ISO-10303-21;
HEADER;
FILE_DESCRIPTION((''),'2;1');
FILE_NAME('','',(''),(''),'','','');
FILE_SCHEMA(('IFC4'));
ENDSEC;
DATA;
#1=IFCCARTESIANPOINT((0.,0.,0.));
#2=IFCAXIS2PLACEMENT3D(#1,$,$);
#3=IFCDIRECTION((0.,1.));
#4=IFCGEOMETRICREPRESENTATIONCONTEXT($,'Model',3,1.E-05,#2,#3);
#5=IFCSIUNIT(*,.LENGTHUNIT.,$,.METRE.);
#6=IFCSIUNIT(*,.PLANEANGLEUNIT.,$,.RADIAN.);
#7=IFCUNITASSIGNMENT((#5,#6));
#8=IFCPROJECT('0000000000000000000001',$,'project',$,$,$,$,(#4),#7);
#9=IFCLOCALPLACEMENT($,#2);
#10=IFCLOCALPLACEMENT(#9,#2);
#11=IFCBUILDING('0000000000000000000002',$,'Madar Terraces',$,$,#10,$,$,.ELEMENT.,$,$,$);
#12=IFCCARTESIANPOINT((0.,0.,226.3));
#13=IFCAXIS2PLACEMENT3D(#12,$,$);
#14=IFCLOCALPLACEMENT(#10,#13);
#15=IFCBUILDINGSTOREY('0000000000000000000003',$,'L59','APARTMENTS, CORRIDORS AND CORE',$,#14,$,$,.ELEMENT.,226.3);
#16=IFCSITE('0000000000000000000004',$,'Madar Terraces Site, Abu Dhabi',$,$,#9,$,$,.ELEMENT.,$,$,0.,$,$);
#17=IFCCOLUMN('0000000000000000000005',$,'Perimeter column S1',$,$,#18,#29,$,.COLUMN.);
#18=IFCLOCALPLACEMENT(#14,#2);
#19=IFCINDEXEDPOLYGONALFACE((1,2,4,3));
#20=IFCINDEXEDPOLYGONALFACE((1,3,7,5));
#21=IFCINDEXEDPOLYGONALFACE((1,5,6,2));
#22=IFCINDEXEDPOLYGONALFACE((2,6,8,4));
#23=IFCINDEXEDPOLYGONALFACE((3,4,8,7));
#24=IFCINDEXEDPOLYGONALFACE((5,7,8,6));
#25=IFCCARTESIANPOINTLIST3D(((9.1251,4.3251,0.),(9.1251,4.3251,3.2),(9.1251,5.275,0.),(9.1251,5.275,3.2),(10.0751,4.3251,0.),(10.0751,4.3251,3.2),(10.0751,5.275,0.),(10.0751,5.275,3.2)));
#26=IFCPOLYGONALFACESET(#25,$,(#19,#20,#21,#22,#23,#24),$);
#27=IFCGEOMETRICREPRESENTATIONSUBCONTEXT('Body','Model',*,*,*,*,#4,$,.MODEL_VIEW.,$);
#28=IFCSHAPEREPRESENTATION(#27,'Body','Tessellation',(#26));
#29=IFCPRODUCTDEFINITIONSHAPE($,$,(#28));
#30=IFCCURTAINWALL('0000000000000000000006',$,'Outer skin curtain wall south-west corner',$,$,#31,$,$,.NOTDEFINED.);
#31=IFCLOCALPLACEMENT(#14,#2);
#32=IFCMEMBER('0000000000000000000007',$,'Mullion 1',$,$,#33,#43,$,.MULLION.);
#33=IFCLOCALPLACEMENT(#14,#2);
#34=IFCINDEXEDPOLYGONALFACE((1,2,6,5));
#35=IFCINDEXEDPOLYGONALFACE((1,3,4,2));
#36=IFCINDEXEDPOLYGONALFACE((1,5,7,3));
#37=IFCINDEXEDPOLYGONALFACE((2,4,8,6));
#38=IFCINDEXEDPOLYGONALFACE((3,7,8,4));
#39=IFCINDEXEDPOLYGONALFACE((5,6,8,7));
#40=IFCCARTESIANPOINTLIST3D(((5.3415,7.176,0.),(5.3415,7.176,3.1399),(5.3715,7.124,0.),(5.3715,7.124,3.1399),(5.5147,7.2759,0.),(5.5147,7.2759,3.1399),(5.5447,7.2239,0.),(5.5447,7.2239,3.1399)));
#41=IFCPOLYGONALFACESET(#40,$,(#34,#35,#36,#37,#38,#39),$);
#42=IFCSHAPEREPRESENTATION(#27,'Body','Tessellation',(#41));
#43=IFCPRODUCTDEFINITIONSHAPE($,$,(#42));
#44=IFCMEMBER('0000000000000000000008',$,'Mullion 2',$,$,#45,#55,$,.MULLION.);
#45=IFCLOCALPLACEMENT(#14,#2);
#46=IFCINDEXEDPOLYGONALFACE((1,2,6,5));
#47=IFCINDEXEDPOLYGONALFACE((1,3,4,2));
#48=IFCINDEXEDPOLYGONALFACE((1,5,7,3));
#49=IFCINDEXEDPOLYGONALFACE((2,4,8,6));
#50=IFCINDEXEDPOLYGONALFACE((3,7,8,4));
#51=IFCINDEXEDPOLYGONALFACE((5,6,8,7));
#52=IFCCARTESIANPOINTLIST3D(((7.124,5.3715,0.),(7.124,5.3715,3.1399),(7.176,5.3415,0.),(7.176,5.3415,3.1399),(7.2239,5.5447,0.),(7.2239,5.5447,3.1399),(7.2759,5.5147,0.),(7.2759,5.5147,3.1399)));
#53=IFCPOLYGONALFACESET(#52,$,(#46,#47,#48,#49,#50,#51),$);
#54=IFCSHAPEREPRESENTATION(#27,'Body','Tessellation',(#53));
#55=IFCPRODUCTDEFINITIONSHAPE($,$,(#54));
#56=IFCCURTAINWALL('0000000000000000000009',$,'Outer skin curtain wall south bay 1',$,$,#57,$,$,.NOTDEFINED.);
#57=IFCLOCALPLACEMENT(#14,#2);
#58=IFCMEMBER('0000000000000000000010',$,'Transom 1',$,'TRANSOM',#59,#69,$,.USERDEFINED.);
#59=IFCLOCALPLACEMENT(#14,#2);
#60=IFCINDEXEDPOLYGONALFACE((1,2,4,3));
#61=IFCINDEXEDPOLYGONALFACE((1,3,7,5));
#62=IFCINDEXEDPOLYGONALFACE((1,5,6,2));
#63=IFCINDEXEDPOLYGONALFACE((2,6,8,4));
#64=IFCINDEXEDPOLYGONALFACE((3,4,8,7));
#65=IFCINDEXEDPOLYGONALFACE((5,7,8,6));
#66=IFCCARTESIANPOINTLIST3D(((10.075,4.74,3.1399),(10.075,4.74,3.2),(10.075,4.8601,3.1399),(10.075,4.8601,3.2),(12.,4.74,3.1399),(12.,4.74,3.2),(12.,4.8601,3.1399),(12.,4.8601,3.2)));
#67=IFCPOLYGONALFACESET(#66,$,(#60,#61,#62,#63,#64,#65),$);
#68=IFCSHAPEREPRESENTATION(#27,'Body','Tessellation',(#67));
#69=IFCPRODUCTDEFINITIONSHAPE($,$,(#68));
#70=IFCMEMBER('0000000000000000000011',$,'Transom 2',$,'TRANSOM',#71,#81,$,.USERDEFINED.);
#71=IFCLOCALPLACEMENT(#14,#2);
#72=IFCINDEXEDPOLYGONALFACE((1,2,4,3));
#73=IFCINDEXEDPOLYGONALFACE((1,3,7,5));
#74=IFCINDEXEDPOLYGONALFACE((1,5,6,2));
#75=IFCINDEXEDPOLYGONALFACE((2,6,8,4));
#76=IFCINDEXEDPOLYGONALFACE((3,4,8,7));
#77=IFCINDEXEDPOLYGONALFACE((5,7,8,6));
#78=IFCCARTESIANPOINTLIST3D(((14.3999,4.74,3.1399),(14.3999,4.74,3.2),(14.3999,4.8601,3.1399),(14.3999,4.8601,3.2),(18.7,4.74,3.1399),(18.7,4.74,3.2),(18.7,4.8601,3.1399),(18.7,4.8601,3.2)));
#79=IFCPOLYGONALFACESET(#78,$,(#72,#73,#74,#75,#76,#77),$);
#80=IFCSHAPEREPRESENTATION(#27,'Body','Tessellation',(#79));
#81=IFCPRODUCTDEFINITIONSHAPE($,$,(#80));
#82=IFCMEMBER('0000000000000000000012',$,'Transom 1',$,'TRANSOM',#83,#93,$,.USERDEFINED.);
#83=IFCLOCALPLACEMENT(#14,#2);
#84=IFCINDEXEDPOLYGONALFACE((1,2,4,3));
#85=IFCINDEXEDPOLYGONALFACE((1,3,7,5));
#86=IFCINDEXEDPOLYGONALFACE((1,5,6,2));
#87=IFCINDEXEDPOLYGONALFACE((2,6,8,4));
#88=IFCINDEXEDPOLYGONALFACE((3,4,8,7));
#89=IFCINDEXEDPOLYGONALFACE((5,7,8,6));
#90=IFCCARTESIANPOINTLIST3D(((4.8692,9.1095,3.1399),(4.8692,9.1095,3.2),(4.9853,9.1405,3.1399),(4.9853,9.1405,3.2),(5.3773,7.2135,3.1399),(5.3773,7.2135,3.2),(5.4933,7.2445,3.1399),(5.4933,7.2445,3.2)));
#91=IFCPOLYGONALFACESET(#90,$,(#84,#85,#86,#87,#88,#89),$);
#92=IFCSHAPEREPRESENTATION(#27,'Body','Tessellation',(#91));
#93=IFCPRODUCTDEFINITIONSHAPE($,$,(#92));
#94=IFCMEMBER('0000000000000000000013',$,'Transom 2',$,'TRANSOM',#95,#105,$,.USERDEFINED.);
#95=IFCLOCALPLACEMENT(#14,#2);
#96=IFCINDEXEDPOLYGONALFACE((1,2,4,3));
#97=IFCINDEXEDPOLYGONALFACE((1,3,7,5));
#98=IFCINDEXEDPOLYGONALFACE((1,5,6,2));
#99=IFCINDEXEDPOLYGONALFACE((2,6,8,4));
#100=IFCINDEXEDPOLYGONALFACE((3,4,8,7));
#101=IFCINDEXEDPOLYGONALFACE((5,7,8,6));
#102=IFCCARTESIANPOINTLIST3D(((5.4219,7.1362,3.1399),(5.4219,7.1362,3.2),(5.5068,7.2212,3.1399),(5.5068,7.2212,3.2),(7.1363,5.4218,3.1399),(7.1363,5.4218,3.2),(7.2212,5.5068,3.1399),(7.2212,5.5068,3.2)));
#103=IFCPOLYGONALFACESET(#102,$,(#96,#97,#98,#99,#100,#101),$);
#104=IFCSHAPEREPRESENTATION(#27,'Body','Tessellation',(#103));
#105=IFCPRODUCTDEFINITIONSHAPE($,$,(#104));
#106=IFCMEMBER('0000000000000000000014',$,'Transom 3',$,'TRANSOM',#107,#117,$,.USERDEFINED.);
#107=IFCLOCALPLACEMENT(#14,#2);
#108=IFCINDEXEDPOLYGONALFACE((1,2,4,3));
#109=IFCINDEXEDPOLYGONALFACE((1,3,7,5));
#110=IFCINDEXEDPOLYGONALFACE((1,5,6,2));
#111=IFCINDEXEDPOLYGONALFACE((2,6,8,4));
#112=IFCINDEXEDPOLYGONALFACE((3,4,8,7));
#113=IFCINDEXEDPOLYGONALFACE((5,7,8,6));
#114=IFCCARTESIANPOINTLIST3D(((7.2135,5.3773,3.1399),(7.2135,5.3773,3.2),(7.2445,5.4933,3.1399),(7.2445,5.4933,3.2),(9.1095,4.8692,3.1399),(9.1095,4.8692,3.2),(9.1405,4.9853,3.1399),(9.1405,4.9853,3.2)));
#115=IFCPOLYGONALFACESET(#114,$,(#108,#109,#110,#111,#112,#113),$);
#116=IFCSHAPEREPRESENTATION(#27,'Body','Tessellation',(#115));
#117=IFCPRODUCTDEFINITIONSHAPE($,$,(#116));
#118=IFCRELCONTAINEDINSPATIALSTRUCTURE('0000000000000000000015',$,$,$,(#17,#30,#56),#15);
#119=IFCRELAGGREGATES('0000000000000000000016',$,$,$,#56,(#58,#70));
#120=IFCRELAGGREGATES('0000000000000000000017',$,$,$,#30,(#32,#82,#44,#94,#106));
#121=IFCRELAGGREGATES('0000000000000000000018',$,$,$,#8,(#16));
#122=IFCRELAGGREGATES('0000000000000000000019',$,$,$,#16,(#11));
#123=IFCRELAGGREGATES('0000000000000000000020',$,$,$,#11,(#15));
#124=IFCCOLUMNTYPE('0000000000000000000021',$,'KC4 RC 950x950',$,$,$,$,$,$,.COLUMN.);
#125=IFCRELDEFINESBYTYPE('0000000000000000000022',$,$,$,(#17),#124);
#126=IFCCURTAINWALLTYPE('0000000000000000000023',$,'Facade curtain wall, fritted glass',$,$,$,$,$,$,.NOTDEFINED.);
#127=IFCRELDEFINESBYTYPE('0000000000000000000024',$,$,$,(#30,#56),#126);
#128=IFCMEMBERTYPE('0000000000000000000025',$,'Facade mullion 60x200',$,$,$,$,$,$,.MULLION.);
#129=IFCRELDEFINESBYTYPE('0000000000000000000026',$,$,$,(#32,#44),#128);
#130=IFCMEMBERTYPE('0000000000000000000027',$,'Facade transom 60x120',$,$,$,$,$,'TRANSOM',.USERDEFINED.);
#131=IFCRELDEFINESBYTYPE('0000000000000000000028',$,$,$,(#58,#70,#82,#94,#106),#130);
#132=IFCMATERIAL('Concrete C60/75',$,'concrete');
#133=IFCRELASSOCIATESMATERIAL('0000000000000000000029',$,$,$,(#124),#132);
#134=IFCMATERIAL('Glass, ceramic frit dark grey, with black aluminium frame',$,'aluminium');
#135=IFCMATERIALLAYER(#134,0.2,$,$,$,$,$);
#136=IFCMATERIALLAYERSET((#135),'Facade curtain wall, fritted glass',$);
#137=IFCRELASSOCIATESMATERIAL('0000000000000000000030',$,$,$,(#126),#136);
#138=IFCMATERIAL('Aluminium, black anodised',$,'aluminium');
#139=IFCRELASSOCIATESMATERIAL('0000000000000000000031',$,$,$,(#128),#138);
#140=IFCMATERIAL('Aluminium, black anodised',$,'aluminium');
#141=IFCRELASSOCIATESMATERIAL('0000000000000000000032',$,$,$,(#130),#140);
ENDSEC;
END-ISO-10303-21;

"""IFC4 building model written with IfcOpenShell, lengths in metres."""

from ifc_helpers import new_model, si_unit, direction, frame, origin, origin_2d, place, context, subcontext, project, spatial, rectangle, extrude, material, layer, layer_set, material_profile, profile_set, type_object, element, aggregate, save


model = new_model("IFC4")

# Units and contexts
model_context = context("Model", 3, precision=1e-05, world=origin(), true_north=direction((0.0, 1.0)))
body_context = subcontext(model_context, "Body", "Model", "MODEL_VIEW")
ifc_project = project(units=[si_unit("LENGTHUNIT", "METRE"), si_unit("PLANEANGLEUNIT", "RADIAN")], contexts=[model_context])

# Site, building, storey
site_placement = place(None, origin())
site = spatial("IfcSite", under=ifc_project, at=site_placement, Name="Madar Terraces Site, Abu Dhabi", CompositionType="ELEMENT", RefElevation=0.0)
building_placement = place(site_placement, origin())
building = spatial("IfcBuilding", under=site, at=building_placement, Name="Madar Terraces", CompositionType="ELEMENT")
storey_placement = place(building_placement, frame((0.0, 0.0, 226.3)))
storey = spatial("IfcBuildingStorey", under=building, at=storey_placement, Name="L59", Description="APARTMENTS, CORRIDORS AND CORE", CompositionType="ELEMENT", Elevation=226.3)

# Column
ifc_material_1 = material(Name="Concrete C60/75", Category="concrete")
ifc_material_profile_1 = material_profile(ifc_material_1, rectangle(XDim=0.95, YDim=0.95, at=origin_2d()), Name="KC4 RC 950x950")
ifc_profile_set_1 = profile_set([ifc_material_profile_1], Name="Concrete C60/75")
column_type = type_object("IfcColumnType", Name="KC4 RC 950x950", PredefinedType="COLUMN", material=ifc_profile_set_1)
column_placement = place(storey_placement, frame((9.6001, 4.8, 0.0), z_axis=(0.0, 0.0, 1.0), x_axis=(1.0, 0.0, 0.0)))
element("IfcColumn", 1, at=column_placement, inside=storey, type_object=column_type, Name="Perimeter column S1", PredefinedType="COLUMN", context=body_context, shape_type="SweptSolid", body=[
    extrude(rectangle(XDim=0.95, YDim=0.95, at=origin_2d()), origin(), (0.0, 0.0, 1.0), 3.2),
])

# Curtain walls, members
ifc_material_2 = material(Name="Glass, ceramic frit dark grey, with black aluminium frame", Category="aluminium")
ifc_layer_1 = layer(ifc_material_2, 0.2)
ifc_layer_set_1 = layer_set([ifc_layer_1], Name="Facade curtain wall, fritted glass")
curtain_wall_type = type_object("IfcCurtainWallType", Name="Facade curtain wall, fritted glass", PredefinedType="NOTDEFINED", material=ifc_layer_set_1)
curtain_wall_1_placement = place(storey_placement, origin())
curtain_wall_1 = element("IfcCurtainWall", 2, at=curtain_wall_1_placement, inside=storey, type_object=curtain_wall_type, Name="Outer skin curtain wall south-west corner", PredefinedType="NOTDEFINED")
ifc_material_3 = material(Name="Aluminium, black anodised", Category="aluminium")
ifc_material_profile_2 = material_profile(ifc_material_3, rectangle(XDim=0.2, YDim=0.0601, at=origin_2d()), Name="Facade mullion 60x200")
ifc_profile_set_2 = profile_set([ifc_material_profile_2], Name="Aluminium, black anodised")
member_type_1 = type_object("IfcMemberType", Name="Facade mullion 60x200", PredefinedType="MULLION", material=ifc_profile_set_2)
member_1_placement = place(storey_placement, frame((5.4431, 7.2, 0.0), z_axis=(0.0, 0.0, 1.0), x_axis=(0.866025, 0.5, 0.0)))
member_1 = element("IfcMember", 3, at=member_1_placement, type_object=member_type_1, Name="Mullion 1", PredefinedType="MULLION", context=body_context, shape_type="SweptSolid", body=[
    extrude(rectangle(XDim=0.2, YDim=0.0601, at=origin_2d()), origin(), (0.0, 0.0, 1.0), 3.1399),
])
member_2_placement = place(storey_placement, frame((7.2, 5.4431, 0.0), z_axis=(0.0, 0.0, 1.0), x_axis=(0.5, 0.866025, 0.0)))
member_2 = element("IfcMember", 4, at=member_2_placement, type_object=member_type_1, Name="Mullion 2", PredefinedType="MULLION", context=body_context, shape_type="SweptSolid", body=[
    extrude(rectangle(XDim=0.2, YDim=0.0601, at=origin_2d()), origin(), (0.0, 0.0, 1.0), 3.1399),
])
curtain_wall_2_placement = place(storey_placement, origin())
curtain_wall_2 = element("IfcCurtainWall", 5, at=curtain_wall_2_placement, inside=storey, type_object=curtain_wall_type, Name="Outer skin curtain wall south bay 1", PredefinedType="NOTDEFINED")
ifc_material_4 = material(Name="Aluminium, black anodised", Category="aluminium")
ifc_material_profile_3 = material_profile(ifc_material_4, rectangle(XDim=0.1201, YDim=0.0601, at=origin_2d()), Name="Facade transom 60x120")
ifc_profile_set_3 = profile_set([ifc_material_profile_3], Name="Aluminium, black anodised")
member_type_2 = type_object("IfcMemberType", Name="Facade transom 60x120", ElementType="TRANSOM", PredefinedType="USERDEFINED", material=ifc_profile_set_3)
member_3_placement = place(storey_placement, frame((10.075, 4.8, 3.1699), z_axis=(1.0, 0.0, 0.0), x_axis=(0.0, 1.0, 0.0)))
member_3 = element("IfcMember", 6, at=member_3_placement, type_object=member_type_2, Name="Transom 1", ObjectType="TRANSOM", PredefinedType="USERDEFINED", context=body_context, shape_type="SweptSolid", body=[
    extrude(rectangle(XDim=0.1201, YDim=0.0601, at=origin_2d()), origin(), (0.0, 0.0, 1.0), 1.925),
])
member_4_placement = place(storey_placement, frame((14.3999, 4.8, 3.1699), z_axis=(1.0, 0.0, 0.0), x_axis=(0.0, 1.0, 0.0)))
member_4 = element("IfcMember", 7, at=member_4_placement, type_object=member_type_2, Name="Transom 2", ObjectType="TRANSOM", PredefinedType="USERDEFINED", context=body_context, shape_type="SweptSolid", body=[
    extrude(rectangle(XDim=0.1201, YDim=0.0601, at=origin_2d()), origin(), (0.0, 0.0, 1.0), 4.3),
])

# Members
member_5_placement = place(storey_placement, frame((4.9272, 9.125, 3.1699), z_axis=(0.258831, -0.965923, 0.0), x_axis=(0.965923, 0.258831, 0.0)))
member_5 = element("IfcMember", 8, at=member_5_placement, type_object=member_type_2, Name="Transom 1", ObjectType="TRANSOM", PredefinedType="USERDEFINED", context=body_context, shape_type="SweptSolid", body=[
    extrude(rectangle(XDim=0.1201, YDim=0.0601, at=origin_2d()), origin(), (0.0, 0.0, 1.0), 1.9629),
])
member_6_placement = place(storey_placement, frame((5.4644, 7.1787, 3.1699), z_axis=(0.707107, -0.707107, 0.0), x_axis=(0.707107, 0.707107, 0.0)))
member_6 = element("IfcMember", 9, at=member_6_placement, type_object=member_type_2, Name="Transom 2", ObjectType="TRANSOM", PredefinedType="USERDEFINED", context=body_context, shape_type="SweptSolid", body=[
    extrude(rectangle(XDim=0.1201, YDim=0.0601, at=origin_2d()), origin(), (0.0, 0.0, 1.0), 2.4246),
])
member_7_placement = place(storey_placement, frame((7.229, 5.4353, 3.1699), z_axis=(0.965923, -0.258831, 0.0), x_axis=(0.258831, 0.965923, 0.0)))
member_7 = element("IfcMember", 10, at=member_7_placement, type_object=member_type_2, Name="Transom 3", ObjectType="TRANSOM", PredefinedType="USERDEFINED", context=body_context, shape_type="SweptSolid", body=[
    extrude(rectangle(XDim=0.1201, YDim=0.0601, at=origin_2d()), origin(), (0.0, 0.0, 1.0), 1.9629),
])

aggregate(curtain_wall_2, [member_3, member_4])
aggregate(curtain_wall_1, [member_1, member_5, member_2, member_6, member_7])

save(model, "model.ifc")
